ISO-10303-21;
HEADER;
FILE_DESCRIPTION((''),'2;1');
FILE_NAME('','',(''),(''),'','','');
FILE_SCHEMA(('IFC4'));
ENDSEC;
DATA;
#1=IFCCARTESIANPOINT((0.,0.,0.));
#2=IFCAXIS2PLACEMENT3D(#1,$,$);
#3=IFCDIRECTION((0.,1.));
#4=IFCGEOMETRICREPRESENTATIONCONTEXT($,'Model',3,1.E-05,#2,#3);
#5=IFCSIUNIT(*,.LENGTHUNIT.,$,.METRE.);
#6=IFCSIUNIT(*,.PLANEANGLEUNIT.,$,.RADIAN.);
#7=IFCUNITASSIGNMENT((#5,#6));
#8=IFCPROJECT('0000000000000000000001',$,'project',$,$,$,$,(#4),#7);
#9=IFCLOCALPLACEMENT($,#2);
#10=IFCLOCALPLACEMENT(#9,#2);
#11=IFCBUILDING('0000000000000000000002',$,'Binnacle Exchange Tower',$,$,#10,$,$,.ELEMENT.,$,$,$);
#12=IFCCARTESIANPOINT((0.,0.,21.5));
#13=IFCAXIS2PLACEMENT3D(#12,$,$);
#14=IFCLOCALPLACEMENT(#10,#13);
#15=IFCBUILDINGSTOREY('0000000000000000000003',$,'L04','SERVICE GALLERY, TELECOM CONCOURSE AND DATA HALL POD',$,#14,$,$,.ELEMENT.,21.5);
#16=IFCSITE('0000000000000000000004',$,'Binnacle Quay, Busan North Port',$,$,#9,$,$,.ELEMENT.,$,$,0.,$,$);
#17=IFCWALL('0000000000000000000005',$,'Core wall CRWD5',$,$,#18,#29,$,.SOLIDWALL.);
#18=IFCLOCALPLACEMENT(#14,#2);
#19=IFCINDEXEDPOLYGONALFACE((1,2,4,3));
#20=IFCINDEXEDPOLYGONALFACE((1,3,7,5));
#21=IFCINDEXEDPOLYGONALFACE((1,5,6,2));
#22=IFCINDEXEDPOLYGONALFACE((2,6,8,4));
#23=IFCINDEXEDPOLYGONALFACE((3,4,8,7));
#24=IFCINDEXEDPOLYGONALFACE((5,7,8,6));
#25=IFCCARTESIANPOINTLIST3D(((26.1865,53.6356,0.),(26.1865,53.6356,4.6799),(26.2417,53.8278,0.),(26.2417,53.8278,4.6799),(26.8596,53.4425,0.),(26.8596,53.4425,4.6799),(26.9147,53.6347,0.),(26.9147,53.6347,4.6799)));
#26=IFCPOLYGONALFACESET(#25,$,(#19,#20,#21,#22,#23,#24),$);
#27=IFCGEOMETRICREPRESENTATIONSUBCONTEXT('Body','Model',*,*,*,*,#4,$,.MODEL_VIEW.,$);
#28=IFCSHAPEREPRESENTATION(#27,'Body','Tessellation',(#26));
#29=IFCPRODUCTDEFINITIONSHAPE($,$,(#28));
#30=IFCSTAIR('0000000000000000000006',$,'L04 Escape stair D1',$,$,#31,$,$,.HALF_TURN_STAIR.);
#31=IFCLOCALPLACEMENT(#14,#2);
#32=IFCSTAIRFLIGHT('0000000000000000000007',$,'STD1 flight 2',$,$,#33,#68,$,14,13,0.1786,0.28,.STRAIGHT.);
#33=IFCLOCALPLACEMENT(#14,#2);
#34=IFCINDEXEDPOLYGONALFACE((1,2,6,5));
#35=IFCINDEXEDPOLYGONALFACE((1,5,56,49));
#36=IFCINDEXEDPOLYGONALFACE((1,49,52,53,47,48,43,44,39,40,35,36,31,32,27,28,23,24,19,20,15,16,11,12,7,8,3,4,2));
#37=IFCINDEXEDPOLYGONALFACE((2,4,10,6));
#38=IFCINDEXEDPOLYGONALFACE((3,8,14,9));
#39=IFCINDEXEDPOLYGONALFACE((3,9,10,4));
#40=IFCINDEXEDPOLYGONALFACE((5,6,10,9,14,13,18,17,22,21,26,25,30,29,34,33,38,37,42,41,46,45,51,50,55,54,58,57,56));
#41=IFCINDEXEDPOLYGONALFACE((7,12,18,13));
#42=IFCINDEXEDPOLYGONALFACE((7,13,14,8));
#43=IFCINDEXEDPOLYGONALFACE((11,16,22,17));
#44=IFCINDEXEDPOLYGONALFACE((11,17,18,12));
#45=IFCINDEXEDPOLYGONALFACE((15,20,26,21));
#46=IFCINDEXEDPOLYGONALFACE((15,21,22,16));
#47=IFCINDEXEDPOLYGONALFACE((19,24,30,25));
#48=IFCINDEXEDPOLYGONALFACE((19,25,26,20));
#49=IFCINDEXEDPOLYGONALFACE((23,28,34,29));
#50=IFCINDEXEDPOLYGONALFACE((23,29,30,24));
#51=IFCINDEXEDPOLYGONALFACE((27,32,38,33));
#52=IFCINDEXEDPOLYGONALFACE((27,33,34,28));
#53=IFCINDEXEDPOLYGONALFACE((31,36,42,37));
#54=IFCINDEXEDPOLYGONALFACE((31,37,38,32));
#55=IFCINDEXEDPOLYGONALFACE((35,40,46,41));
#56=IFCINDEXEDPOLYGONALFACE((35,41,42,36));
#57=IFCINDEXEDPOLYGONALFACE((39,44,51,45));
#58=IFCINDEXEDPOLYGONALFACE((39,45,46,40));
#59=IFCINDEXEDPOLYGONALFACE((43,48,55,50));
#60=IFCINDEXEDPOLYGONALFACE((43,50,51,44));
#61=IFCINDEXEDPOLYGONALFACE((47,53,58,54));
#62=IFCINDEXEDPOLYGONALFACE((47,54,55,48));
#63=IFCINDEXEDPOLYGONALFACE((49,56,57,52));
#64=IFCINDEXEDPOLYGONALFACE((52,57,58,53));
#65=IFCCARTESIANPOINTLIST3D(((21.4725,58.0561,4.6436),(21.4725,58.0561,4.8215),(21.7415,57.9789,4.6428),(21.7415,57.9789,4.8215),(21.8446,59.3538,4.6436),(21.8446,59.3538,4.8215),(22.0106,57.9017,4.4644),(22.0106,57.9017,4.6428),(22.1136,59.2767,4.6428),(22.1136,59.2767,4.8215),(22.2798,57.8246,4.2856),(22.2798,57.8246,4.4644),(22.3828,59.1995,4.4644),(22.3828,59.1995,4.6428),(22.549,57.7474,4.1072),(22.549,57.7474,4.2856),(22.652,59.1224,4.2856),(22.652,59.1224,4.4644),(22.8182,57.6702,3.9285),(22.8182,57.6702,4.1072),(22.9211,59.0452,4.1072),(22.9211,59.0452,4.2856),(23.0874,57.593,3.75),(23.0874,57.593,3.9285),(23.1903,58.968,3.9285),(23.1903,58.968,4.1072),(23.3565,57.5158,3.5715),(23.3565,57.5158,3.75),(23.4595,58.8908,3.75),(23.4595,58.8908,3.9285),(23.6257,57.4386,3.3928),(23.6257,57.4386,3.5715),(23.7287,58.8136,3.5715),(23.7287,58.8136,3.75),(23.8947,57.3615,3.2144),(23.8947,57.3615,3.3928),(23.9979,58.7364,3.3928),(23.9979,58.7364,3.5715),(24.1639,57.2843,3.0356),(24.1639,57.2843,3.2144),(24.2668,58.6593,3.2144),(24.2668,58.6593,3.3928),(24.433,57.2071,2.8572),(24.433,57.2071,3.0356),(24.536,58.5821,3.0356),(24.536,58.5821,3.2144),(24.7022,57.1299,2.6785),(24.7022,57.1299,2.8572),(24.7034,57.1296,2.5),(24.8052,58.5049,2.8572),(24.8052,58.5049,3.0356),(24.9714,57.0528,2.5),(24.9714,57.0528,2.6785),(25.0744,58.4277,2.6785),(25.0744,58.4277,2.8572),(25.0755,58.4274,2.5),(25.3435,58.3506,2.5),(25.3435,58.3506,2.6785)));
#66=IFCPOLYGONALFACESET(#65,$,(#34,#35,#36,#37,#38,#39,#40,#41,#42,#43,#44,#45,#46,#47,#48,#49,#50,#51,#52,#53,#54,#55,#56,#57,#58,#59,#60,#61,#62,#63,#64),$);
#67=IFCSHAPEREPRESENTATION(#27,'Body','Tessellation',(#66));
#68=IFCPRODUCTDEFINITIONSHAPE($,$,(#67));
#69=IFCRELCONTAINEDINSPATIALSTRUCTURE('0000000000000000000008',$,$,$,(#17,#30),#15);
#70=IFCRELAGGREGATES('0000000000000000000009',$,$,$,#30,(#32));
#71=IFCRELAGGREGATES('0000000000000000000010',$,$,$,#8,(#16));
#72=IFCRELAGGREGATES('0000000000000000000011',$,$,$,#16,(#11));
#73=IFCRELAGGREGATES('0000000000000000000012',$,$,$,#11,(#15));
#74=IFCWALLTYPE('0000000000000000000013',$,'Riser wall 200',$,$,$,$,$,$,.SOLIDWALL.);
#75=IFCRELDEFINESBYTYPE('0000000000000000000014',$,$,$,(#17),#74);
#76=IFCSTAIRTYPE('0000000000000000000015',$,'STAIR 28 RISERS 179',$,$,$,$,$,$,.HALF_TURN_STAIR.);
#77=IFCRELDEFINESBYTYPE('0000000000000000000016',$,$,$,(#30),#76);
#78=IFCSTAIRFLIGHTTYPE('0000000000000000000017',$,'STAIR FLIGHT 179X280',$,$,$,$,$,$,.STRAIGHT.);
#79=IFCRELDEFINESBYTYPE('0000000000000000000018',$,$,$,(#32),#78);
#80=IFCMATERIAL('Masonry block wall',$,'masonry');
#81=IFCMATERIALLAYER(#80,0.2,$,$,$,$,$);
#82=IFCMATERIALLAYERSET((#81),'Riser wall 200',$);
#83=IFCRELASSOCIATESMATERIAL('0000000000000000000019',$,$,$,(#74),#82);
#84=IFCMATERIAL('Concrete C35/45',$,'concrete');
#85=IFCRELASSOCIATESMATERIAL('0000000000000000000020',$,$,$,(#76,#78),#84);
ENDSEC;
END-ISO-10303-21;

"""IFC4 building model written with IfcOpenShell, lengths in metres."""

from ifc_helpers import new_model, si_unit, direction, frame, frame_2d, origin, place, context, subcontext, project, spatial, polyline, rectangle, outline, extrude, material, layer, layer_set, type_object, element, aggregate, save


model = new_model("IFC4")

# Units and contexts
model_context = context("Model", 3, precision=1e-05, world=origin(), true_north=direction((0.0, 1.0)))
body_context = subcontext(model_context, "Body", "Model", "MODEL_VIEW")
ifc_project = project(units=[si_unit("LENGTHUNIT", "METRE"), si_unit("PLANEANGLEUNIT", "RADIAN")], contexts=[model_context])

# Site, building, storey
site_placement = place(None, origin())
site = spatial("IfcSite", under=ifc_project, at=site_placement, Name="Binnacle Quay, Busan North Port", CompositionType="ELEMENT", RefElevation=0.0)
building_placement = place(site_placement, origin())
building = spatial("IfcBuilding", under=site, at=building_placement, Name="Binnacle Exchange Tower", CompositionType="ELEMENT")
storey_placement = place(building_placement, frame((0.0, 0.0, 21.5)))
storey = spatial("IfcBuildingStorey", under=building, at=storey_placement, Name="L04", Description="SERVICE GALLERY, TELECOM CONCOURSE AND DATA HALL POD", CompositionType="ELEMENT", Elevation=21.5)

# Shared definitions
ifc_material_1 = material(Name="Masonry block wall", Category="masonry")

# Wall
ifc_layer_1 = layer(ifc_material_1, 0.2)
ifc_layer_set_1 = layer_set([ifc_layer_1], Name="Riser wall 200")
wall_type_1 = type_object("IfcWallType", Name="Riser wall 200", PredefinedType="SOLIDWALL", material=ifc_layer_set_1)
wall_1_placement = place(storey_placement, frame((26.2141, 53.7317, 0.0), z_axis=(0.0, 0.0, 1.0), x_axis=(0.961221, -0.27578, 0.0)))
element("IfcWall", 1, at=wall_1_placement, inside=storey, type_object=wall_type_1, Name="Core wall CRWD5", PredefinedType="SOLIDWALL", context=body_context, shape_type="SweptSolid", body=[
    extrude(rectangle(XDim=0.7002, YDim=0.2, at=frame_2d((0.3501, 0.0))), origin(), (0.0, 0.0, 1.0), 4.6799),
])

# Stair, stair flight
ifc_material_2 = material(Name="Concrete C35/45", Category="concrete")
stair_type = type_object("IfcStairType", Name="STAIR 28 RISERS 179", PredefinedType="HALF_TURN_STAIR", material=ifc_material_2)
stair_placement = place(storey_placement, origin())
stair = element("IfcStair", 2, at=stair_placement, inside=storey, type_object=stair_type, Name="L04 Escape stair D1", PredefinedType="HALF_TURN_STAIR")
stair_flight_type = type_object("IfcStairFlightType", Name="STAIR FLIGHT 179X280", PredefinedType="STRAIGHT", material=ifc_material_2)
stair_flight_placement = place(storey_placement, frame((25.1575, 57.7017, 2.5), z_axis=(0.0, 0.0, 1.0), x_axis=(-0.961262, 0.275637, 0.0)))
stair_flight = element("IfcStairFlight", 3, at=stair_flight_placement, type_object=stair_flight_type, Name="STD1 flight 2", NumberOfRisers=14, NumberOfTreads=13, PredefinedType="STRAIGHT", RiserHeight=0.1786, TreadLength=0.28, context=body_context, shape_type="SweptSolid", body=[
    extrude(outline(polyline([(0.0, 0.0), (0.0, 0.1785), (0.28, 0.1785), (0.28, 0.3572), (0.5601, 0.3572), (0.5601, 0.5356), (0.8401, 0.5356), (0.8401, 0.7144), (1.1201, 0.7144), (1.1201, 0.8928), (1.3999, 0.8928), (1.3999, 1.0715), (1.6799, 1.0715), (1.6799, 1.25), (1.96, 1.25), (1.96, 1.4285), (2.24, 1.4285), (2.24, 1.6072), (2.52, 1.6072), (2.52, 1.7856), (2.8, 1.7856), (2.8, 1.9644), (3.0801, 1.9644), (3.0801, 2.1428), (3.3601, 2.1428), (3.3601, 2.3215), (3.6399, 2.3215), (3.6399, 2.5), (3.6399, 2.1436), (0.2788, 0.0), (0.0, 0.0)])), frame((0.0, 0.675, 0.0), z_axis=(0.0, -1.0, 0.0), x_axis=(1.0, 0.0, 0.0)), (0.0, 0.0, 1.0), 1.3501),
])
aggregate(stair, [stair_flight])

save(model, "model.ifc")
